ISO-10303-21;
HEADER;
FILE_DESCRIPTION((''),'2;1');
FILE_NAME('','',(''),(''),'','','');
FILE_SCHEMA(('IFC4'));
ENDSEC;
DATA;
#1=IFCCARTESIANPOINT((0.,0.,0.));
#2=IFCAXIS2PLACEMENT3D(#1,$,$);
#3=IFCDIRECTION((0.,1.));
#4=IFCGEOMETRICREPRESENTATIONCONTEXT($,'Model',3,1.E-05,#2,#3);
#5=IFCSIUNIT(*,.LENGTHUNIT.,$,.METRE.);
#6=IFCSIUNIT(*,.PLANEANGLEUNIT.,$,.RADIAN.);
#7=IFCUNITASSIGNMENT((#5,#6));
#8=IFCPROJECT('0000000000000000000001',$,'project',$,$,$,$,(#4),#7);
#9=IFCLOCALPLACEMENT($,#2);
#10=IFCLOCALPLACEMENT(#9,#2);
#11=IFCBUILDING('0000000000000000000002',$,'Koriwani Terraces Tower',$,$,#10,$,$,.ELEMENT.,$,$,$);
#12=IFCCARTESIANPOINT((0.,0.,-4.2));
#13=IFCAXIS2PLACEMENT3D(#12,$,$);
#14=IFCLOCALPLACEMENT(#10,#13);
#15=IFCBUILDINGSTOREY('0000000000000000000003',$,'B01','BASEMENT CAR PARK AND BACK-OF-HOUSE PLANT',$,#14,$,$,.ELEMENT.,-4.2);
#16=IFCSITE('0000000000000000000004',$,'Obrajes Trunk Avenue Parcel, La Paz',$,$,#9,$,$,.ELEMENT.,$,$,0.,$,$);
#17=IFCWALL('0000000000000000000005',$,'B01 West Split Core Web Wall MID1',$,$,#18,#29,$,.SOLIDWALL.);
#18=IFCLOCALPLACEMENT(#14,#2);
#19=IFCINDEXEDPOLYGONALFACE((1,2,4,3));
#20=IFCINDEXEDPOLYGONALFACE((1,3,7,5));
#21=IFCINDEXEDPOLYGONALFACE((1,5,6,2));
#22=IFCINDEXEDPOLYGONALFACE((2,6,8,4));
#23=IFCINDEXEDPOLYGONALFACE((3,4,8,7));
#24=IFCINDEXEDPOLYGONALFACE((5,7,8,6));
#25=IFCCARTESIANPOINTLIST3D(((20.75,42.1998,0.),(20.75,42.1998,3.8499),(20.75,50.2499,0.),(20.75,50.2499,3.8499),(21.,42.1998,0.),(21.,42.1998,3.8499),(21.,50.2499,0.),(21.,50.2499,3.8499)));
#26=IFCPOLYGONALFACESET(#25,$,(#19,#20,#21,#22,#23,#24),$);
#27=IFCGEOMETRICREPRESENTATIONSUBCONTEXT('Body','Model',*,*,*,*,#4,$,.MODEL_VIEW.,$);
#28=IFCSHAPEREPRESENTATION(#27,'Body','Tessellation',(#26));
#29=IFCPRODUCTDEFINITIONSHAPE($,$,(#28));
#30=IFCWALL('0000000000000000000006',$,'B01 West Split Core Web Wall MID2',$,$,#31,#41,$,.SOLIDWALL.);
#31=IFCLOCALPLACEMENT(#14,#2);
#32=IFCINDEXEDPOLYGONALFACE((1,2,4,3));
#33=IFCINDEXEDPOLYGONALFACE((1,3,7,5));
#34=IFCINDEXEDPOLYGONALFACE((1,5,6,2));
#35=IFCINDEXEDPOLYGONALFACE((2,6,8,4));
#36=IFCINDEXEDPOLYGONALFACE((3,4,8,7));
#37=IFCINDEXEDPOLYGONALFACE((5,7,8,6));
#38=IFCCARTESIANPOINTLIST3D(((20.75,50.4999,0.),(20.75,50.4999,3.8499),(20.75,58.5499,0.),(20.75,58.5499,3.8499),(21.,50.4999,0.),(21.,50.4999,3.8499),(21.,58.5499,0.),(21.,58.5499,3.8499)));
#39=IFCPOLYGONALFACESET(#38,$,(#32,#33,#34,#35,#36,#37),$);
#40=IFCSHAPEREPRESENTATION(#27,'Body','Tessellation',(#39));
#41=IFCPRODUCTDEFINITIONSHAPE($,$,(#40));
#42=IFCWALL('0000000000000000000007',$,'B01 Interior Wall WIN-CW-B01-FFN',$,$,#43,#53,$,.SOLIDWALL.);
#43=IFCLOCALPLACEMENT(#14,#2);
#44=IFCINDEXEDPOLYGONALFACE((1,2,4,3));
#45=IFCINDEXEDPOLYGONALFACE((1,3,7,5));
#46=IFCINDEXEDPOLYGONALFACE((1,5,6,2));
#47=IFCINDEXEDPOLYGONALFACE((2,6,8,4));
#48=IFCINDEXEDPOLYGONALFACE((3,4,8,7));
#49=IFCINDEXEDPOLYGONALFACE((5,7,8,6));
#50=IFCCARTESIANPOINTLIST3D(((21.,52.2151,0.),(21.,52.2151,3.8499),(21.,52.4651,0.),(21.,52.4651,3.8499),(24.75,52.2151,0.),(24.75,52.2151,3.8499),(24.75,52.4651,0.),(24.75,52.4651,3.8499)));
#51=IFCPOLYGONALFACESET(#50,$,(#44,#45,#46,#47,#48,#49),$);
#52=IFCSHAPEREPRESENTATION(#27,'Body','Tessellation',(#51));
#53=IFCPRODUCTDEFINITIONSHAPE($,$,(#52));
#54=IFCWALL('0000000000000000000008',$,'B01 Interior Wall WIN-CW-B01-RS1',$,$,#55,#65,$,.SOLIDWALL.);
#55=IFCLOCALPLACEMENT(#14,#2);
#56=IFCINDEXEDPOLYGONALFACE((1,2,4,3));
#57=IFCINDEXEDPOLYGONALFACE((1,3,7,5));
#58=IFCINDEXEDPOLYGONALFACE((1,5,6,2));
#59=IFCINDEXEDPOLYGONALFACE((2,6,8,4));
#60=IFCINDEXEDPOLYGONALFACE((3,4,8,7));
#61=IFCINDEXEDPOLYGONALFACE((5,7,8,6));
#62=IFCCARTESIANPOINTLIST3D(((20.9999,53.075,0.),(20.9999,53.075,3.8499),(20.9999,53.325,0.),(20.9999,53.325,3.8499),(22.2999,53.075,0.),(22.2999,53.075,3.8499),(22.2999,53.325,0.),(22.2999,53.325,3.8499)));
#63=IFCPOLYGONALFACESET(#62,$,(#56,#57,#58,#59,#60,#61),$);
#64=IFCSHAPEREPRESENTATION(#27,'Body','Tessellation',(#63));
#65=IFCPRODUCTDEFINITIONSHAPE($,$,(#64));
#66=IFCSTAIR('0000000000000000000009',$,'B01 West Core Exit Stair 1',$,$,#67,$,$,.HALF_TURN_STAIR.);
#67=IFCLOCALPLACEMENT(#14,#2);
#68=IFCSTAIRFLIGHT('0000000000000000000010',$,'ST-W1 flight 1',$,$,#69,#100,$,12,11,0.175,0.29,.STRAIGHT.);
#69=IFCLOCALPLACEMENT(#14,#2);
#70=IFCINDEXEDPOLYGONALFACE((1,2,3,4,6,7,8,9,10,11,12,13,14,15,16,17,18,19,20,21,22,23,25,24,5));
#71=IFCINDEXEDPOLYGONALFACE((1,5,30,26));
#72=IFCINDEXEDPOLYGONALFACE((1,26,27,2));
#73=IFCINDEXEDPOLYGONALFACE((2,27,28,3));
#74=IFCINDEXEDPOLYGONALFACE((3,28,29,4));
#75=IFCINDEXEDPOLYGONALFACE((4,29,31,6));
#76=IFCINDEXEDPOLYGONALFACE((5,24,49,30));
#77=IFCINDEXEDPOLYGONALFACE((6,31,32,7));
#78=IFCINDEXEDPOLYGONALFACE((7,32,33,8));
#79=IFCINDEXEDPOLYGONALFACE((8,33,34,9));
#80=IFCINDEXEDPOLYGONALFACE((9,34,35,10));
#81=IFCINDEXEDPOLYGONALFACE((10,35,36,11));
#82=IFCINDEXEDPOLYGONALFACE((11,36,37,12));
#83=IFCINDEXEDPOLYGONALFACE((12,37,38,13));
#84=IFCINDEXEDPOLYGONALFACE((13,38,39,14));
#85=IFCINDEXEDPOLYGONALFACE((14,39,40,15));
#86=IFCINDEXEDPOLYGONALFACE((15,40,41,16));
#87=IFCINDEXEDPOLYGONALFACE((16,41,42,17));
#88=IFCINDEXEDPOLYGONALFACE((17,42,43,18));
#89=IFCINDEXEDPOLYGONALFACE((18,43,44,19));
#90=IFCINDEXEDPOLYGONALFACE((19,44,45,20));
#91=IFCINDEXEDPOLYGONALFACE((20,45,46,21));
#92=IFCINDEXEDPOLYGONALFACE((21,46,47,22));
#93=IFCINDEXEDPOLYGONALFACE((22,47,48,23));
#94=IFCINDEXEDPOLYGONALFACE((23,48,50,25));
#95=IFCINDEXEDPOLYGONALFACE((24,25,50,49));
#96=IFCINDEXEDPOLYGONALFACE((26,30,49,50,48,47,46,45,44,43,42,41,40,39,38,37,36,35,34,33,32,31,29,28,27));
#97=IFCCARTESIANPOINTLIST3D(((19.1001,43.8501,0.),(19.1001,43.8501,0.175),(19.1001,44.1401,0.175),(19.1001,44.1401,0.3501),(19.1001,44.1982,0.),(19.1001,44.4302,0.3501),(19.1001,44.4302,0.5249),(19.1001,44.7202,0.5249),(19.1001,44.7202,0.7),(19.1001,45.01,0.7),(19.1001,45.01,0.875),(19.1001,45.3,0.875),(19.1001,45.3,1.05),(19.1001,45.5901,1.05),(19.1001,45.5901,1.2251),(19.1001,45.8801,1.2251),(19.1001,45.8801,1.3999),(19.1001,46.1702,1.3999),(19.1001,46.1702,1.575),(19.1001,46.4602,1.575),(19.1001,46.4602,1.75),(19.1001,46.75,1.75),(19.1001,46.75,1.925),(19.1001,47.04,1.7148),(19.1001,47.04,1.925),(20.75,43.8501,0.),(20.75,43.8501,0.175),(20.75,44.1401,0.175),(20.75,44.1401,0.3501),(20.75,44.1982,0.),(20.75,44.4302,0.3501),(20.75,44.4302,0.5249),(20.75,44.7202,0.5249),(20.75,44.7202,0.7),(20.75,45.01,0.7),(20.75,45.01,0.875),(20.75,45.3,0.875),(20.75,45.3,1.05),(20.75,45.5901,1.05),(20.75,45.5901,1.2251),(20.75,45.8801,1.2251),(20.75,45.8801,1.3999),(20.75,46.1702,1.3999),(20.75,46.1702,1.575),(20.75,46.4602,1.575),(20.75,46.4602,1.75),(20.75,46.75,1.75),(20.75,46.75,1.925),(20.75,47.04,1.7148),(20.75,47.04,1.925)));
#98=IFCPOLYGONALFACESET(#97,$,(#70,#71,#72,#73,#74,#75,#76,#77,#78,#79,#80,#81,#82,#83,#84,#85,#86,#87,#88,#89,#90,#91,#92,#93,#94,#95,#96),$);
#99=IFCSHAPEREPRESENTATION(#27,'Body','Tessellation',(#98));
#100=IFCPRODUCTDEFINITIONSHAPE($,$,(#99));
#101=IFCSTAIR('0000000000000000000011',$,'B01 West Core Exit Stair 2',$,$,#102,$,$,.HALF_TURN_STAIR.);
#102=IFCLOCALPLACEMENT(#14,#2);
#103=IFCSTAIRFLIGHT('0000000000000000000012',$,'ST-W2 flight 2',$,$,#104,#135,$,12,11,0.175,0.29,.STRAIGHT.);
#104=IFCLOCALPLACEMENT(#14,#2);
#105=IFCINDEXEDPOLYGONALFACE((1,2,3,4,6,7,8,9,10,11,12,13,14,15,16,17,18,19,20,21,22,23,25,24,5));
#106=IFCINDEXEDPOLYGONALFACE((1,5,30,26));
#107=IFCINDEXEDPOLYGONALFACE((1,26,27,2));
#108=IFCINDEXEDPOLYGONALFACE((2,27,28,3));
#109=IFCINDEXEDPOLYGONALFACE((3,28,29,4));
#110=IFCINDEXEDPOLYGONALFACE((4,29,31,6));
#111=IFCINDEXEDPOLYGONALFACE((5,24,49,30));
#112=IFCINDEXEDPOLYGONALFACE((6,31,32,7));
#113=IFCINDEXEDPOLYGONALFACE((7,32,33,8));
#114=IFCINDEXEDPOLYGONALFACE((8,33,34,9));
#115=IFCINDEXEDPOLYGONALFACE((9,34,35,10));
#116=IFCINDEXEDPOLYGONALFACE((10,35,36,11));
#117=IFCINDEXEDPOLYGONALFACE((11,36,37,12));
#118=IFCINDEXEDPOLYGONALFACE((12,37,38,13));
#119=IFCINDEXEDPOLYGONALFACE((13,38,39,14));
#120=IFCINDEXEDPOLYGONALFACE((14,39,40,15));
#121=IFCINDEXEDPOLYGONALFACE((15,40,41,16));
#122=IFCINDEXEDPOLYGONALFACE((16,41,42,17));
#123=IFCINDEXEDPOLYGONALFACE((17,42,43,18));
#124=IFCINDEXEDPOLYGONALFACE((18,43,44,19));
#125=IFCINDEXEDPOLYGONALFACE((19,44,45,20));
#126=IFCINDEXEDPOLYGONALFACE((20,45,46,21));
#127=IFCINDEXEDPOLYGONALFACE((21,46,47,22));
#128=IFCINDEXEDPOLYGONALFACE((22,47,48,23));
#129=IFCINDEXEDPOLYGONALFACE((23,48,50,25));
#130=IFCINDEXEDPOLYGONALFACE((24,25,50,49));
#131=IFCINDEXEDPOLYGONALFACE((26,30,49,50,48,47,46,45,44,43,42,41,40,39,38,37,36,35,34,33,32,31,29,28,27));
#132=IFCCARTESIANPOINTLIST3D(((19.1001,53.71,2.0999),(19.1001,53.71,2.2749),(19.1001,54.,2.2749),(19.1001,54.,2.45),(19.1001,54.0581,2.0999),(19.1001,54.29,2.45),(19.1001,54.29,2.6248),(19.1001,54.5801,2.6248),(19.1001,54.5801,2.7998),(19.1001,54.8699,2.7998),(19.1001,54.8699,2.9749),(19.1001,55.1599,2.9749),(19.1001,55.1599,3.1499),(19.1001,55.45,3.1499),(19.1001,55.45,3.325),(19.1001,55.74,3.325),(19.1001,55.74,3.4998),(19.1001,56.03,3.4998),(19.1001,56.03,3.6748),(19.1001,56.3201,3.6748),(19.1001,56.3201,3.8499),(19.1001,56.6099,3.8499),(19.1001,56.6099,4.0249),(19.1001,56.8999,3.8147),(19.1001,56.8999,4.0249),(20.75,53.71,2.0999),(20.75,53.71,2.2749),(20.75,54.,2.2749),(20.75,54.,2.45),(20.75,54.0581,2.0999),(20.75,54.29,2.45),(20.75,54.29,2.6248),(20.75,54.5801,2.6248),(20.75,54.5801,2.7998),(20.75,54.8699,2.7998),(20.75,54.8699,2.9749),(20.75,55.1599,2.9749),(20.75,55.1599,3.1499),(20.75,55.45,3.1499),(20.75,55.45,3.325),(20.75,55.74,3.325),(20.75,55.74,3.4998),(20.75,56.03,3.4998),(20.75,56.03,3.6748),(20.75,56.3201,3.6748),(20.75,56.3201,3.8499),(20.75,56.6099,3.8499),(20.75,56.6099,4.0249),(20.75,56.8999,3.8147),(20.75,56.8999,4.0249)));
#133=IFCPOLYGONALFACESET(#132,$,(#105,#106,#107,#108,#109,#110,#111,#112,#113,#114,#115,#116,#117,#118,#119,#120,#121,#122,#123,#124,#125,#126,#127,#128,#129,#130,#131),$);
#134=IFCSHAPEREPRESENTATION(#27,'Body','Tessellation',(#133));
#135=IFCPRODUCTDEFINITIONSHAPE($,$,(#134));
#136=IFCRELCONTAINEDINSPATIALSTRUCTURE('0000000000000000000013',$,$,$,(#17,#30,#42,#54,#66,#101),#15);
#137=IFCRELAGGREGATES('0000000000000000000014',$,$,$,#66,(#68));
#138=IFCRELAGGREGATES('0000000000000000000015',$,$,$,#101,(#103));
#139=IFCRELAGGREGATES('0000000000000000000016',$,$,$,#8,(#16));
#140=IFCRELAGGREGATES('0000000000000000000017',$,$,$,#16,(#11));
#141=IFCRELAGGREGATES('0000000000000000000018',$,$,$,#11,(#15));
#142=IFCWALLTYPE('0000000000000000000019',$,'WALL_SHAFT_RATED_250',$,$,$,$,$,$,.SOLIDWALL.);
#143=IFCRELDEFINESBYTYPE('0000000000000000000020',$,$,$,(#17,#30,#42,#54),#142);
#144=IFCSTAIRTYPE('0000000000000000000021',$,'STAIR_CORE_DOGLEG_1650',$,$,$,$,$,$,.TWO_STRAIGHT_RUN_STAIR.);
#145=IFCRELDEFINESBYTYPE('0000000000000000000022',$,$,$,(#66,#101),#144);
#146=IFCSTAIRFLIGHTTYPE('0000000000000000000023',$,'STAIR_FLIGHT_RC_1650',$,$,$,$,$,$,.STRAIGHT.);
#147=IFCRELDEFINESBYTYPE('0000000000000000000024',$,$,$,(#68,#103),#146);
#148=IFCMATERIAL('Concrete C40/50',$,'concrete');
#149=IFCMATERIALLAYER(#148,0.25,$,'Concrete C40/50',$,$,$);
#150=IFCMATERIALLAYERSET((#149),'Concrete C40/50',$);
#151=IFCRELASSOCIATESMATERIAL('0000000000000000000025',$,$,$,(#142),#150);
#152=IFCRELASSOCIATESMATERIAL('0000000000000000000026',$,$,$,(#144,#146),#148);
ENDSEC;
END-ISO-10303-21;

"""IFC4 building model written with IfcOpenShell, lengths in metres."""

from ifc_helpers import new_model, si_unit, direction, frame, frame_2d, origin, place, context, subcontext, project, spatial, polyline, rectangle, outline, extrude, material, layer, layer_set, type_object, element, aggregate, save


model = new_model("IFC4")

# Units and contexts
model_context = context("Model", 3, precision=1e-05, world=origin(), true_north=direction((0.0, 1.0)))
body_context = subcontext(model_context, "Body", "Model", "MODEL_VIEW")
ifc_project = project(units=[si_unit("LENGTHUNIT", "METRE"), si_unit("PLANEANGLEUNIT", "RADIAN")], contexts=[model_context])

# Site, building, storey
site_placement = place(None, origin())
site = spatial("IfcSite", under=ifc_project, at=site_placement, Name="Obrajes Trunk Avenue Parcel, La Paz", CompositionType="ELEMENT", RefElevation=0.0)
building_placement = place(site_placement, origin())
building = spatial("IfcBuilding", under=site, at=building_placement, Name="Koriwani Terraces Tower", CompositionType="ELEMENT")
storey_placement = place(building_placement, frame((0.0, 0.0, -4.2)))
storey = spatial("IfcBuildingStorey", under=building, at=storey_placement, Name="B01", Description="BASEMENT CAR PARK AND BACK-OF-HOUSE PLANT", CompositionType="ELEMENT", Elevation=-4.2)

# Walls
ifc_material_1 = material(Name="Concrete C40/50", Category="concrete")
ifc_layer = layer(ifc_material_1, 0.25, Name="Concrete C40/50")
ifc_layer_set = layer_set([ifc_layer], Name="Concrete C40/50")
wall_type = type_object("IfcWallType", Name="WALL_SHAFT_RATED_250", PredefinedType="SOLIDWALL", material=ifc_layer_set)
for number, where, z_axis, x_axis, name in (
    (1, (20.875, 42.2, 0.0), (0.0, 0.0, 1.0), (0.0, 1.0, 0.0), "B01 West Split Core Web Wall MID1"),
    (2, (20.875, 50.5, 0.0), (0.0, 0.0, 1.0), (0.0, 1.0, 0.0), "B01 West Split Core Web Wall MID2"),
):
    element("IfcWall", number, at=place(storey_placement, frame(where, z_axis=z_axis, x_axis=x_axis)), inside=storey, type_object=wall_type, Name=name, PredefinedType="SOLIDWALL", context=body_context, shape_type="SweptSolid", body=[
        extrude(rectangle(XDim=8.05, YDim=0.25, at=frame_2d((4.0249, 0.0))), origin(), (0.0, 0.0, 1.0), 3.8499),
    ])

# Wall
wall_1_placement = place(storey_placement, frame((21.0, 52.3401, 0.0), z_axis=(0.0, 0.0, 1.0), x_axis=(1.0, 0.0, 0.0)))
element("IfcWall", 3, at=wall_1_placement, inside=storey, type_object=wall_type, Name="B01 Interior Wall WIN-CW-B01-FFN", PredefinedType="SOLIDWALL", context=body_context, shape_type="SweptSolid", body=[
    extrude(rectangle(XDim=3.75, YDim=0.25, at=frame_2d((1.875, 0.0))), origin(), (0.0, 0.0, 1.0), 3.8499),
])

# Wall
wall_2_placement = place(storey_placement, frame((21.0, 53.2, 0.0), z_axis=(0.0, 0.0, 1.0), x_axis=(1.0, 0.0, 0.0)))
element("IfcWall", 4, at=wall_2_placement, inside=storey, type_object=wall_type, Name="B01 Interior Wall WIN-CW-B01-RS1", PredefinedType="SOLIDWALL", context=body_context, shape_type="SweptSolid", body=[
    extrude(rectangle(XDim=1.3, YDim=0.25, at=frame_2d((0.6499, 0.0))), origin(), (0.0, 0.0, 1.0), 3.8499),
])

# Stairs, stair flights
stair_type = type_object("IfcStairType", Name="STAIR_CORE_DOGLEG_1650", PredefinedType="TWO_STRAIGHT_RUN_STAIR", material=ifc_material_1)
stair_1_placement = place(storey_placement, origin())
stair_1 = element("IfcStair", 5, at=stair_1_placement, inside=storey, type_object=stair_type, Name="B01 West Core Exit Stair 1", PredefinedType="HALF_TURN_STAIR")
stair_flight_type = type_object("IfcStairFlightType", Name="STAIR_FLIGHT_RC_1650", PredefinedType="STRAIGHT", material=ifc_material_1)
stair_flight_1_placement = place(storey_placement, frame((19.925, 43.8501, 0.0), z_axis=(0.0, 0.0, 1.0), x_axis=(0.0, 1.0, 0.0)))
stair_flight_1 = element("IfcStairFlight", 6, at=stair_flight_1_placement, type_object=stair_flight_type, Name="ST-W1 flight 1", NumberOfRisers=12, NumberOfTreads=11, PredefinedType="STRAIGHT", RiserHeight=0.175, TreadLength=0.29, context=body_context, shape_type="SweptSolid", body=[
    extrude(outline(polyline([(0.0, 0.0), (0.0, 0.175), (0.29, 0.175), (0.29, 0.3501), (0.5801, 0.3501), (0.5801, 0.5249), (0.8701, 0.5249), (0.8701, 0.7), (1.1599, 0.7), (1.1599, 0.875), (1.45, 0.875), (1.45, 1.05), (1.74, 1.05), (1.74, 1.2251), (2.03, 1.2251), (2.03, 1.3999), (2.3201, 1.3999), (2.3201, 1.575), (2.6101, 1.575), (2.6101, 1.75), (2.8999, 1.75), (2.8999, 1.925), (3.1899, 1.925), (3.1899, 2.1001), (3.1899, 1.7148), (0.3481, 0.0), (0.0, 0.0)])), frame((0.0, 0.825, 0.0), z_axis=(0.0, -1.0, 0.0), x_axis=(1.0, 0.0, 0.0)), (0.0, 0.0, 1.0), 1.6499),
])
aggregate(stair_1, [stair_flight_1])
stair_2_placement = place(storey_placement, origin())
stair_2 = element("IfcStair", 7, at=stair_2_placement, inside=storey, type_object=stair_type, Name="B01 West Core Exit Stair 2", PredefinedType="HALF_TURN_STAIR")
stair_flight_2_placement = place(storey_placement, frame((19.925, 53.71, 2.0999), z_axis=(0.0, 0.0, 1.0), x_axis=(0.0, 1.0, 0.0)))
stair_flight_2 = element("IfcStairFlight", 8, at=stair_flight_2_placement, type_object=stair_flight_type, Name="ST-W2 flight 2", NumberOfRisers=12, NumberOfTreads=11, PredefinedType="STRAIGHT", RiserHeight=0.175, TreadLength=0.29, context=body_context, shape_type="SweptSolid", body=[
    extrude(outline(polyline([(0.0, 0.0), (0.0, 0.175), (0.29, 0.175), (0.29, 0.3501), (0.5801, 0.3501), (0.5801, 0.5249), (0.8701, 0.5249), (0.8701, 0.7), (1.1599, 0.7), (1.1599, 0.875), (1.45, 0.875), (1.45, 1.05), (1.74, 1.05), (1.74, 1.2251), (2.03, 1.2251), (2.03, 1.3999), (2.3201, 1.3999), (2.3201, 1.575), (2.6101, 1.575), (2.6101, 1.75), (2.8999, 1.75), (2.8999, 1.925), (3.1899, 1.925), (3.1899, 2.1001), (3.1899, 1.7148), (0.3481, 0.0), (0.0, 0.0)])), frame((0.0, 0.825, 0.0), z_axis=(0.0, -1.0, 0.0), x_axis=(1.0, 0.0, 0.0)), (0.0, 0.0, 1.0), 1.6499),
])
aggregate(stair_2, [stair_flight_2])

save(model, "model.ifc")
